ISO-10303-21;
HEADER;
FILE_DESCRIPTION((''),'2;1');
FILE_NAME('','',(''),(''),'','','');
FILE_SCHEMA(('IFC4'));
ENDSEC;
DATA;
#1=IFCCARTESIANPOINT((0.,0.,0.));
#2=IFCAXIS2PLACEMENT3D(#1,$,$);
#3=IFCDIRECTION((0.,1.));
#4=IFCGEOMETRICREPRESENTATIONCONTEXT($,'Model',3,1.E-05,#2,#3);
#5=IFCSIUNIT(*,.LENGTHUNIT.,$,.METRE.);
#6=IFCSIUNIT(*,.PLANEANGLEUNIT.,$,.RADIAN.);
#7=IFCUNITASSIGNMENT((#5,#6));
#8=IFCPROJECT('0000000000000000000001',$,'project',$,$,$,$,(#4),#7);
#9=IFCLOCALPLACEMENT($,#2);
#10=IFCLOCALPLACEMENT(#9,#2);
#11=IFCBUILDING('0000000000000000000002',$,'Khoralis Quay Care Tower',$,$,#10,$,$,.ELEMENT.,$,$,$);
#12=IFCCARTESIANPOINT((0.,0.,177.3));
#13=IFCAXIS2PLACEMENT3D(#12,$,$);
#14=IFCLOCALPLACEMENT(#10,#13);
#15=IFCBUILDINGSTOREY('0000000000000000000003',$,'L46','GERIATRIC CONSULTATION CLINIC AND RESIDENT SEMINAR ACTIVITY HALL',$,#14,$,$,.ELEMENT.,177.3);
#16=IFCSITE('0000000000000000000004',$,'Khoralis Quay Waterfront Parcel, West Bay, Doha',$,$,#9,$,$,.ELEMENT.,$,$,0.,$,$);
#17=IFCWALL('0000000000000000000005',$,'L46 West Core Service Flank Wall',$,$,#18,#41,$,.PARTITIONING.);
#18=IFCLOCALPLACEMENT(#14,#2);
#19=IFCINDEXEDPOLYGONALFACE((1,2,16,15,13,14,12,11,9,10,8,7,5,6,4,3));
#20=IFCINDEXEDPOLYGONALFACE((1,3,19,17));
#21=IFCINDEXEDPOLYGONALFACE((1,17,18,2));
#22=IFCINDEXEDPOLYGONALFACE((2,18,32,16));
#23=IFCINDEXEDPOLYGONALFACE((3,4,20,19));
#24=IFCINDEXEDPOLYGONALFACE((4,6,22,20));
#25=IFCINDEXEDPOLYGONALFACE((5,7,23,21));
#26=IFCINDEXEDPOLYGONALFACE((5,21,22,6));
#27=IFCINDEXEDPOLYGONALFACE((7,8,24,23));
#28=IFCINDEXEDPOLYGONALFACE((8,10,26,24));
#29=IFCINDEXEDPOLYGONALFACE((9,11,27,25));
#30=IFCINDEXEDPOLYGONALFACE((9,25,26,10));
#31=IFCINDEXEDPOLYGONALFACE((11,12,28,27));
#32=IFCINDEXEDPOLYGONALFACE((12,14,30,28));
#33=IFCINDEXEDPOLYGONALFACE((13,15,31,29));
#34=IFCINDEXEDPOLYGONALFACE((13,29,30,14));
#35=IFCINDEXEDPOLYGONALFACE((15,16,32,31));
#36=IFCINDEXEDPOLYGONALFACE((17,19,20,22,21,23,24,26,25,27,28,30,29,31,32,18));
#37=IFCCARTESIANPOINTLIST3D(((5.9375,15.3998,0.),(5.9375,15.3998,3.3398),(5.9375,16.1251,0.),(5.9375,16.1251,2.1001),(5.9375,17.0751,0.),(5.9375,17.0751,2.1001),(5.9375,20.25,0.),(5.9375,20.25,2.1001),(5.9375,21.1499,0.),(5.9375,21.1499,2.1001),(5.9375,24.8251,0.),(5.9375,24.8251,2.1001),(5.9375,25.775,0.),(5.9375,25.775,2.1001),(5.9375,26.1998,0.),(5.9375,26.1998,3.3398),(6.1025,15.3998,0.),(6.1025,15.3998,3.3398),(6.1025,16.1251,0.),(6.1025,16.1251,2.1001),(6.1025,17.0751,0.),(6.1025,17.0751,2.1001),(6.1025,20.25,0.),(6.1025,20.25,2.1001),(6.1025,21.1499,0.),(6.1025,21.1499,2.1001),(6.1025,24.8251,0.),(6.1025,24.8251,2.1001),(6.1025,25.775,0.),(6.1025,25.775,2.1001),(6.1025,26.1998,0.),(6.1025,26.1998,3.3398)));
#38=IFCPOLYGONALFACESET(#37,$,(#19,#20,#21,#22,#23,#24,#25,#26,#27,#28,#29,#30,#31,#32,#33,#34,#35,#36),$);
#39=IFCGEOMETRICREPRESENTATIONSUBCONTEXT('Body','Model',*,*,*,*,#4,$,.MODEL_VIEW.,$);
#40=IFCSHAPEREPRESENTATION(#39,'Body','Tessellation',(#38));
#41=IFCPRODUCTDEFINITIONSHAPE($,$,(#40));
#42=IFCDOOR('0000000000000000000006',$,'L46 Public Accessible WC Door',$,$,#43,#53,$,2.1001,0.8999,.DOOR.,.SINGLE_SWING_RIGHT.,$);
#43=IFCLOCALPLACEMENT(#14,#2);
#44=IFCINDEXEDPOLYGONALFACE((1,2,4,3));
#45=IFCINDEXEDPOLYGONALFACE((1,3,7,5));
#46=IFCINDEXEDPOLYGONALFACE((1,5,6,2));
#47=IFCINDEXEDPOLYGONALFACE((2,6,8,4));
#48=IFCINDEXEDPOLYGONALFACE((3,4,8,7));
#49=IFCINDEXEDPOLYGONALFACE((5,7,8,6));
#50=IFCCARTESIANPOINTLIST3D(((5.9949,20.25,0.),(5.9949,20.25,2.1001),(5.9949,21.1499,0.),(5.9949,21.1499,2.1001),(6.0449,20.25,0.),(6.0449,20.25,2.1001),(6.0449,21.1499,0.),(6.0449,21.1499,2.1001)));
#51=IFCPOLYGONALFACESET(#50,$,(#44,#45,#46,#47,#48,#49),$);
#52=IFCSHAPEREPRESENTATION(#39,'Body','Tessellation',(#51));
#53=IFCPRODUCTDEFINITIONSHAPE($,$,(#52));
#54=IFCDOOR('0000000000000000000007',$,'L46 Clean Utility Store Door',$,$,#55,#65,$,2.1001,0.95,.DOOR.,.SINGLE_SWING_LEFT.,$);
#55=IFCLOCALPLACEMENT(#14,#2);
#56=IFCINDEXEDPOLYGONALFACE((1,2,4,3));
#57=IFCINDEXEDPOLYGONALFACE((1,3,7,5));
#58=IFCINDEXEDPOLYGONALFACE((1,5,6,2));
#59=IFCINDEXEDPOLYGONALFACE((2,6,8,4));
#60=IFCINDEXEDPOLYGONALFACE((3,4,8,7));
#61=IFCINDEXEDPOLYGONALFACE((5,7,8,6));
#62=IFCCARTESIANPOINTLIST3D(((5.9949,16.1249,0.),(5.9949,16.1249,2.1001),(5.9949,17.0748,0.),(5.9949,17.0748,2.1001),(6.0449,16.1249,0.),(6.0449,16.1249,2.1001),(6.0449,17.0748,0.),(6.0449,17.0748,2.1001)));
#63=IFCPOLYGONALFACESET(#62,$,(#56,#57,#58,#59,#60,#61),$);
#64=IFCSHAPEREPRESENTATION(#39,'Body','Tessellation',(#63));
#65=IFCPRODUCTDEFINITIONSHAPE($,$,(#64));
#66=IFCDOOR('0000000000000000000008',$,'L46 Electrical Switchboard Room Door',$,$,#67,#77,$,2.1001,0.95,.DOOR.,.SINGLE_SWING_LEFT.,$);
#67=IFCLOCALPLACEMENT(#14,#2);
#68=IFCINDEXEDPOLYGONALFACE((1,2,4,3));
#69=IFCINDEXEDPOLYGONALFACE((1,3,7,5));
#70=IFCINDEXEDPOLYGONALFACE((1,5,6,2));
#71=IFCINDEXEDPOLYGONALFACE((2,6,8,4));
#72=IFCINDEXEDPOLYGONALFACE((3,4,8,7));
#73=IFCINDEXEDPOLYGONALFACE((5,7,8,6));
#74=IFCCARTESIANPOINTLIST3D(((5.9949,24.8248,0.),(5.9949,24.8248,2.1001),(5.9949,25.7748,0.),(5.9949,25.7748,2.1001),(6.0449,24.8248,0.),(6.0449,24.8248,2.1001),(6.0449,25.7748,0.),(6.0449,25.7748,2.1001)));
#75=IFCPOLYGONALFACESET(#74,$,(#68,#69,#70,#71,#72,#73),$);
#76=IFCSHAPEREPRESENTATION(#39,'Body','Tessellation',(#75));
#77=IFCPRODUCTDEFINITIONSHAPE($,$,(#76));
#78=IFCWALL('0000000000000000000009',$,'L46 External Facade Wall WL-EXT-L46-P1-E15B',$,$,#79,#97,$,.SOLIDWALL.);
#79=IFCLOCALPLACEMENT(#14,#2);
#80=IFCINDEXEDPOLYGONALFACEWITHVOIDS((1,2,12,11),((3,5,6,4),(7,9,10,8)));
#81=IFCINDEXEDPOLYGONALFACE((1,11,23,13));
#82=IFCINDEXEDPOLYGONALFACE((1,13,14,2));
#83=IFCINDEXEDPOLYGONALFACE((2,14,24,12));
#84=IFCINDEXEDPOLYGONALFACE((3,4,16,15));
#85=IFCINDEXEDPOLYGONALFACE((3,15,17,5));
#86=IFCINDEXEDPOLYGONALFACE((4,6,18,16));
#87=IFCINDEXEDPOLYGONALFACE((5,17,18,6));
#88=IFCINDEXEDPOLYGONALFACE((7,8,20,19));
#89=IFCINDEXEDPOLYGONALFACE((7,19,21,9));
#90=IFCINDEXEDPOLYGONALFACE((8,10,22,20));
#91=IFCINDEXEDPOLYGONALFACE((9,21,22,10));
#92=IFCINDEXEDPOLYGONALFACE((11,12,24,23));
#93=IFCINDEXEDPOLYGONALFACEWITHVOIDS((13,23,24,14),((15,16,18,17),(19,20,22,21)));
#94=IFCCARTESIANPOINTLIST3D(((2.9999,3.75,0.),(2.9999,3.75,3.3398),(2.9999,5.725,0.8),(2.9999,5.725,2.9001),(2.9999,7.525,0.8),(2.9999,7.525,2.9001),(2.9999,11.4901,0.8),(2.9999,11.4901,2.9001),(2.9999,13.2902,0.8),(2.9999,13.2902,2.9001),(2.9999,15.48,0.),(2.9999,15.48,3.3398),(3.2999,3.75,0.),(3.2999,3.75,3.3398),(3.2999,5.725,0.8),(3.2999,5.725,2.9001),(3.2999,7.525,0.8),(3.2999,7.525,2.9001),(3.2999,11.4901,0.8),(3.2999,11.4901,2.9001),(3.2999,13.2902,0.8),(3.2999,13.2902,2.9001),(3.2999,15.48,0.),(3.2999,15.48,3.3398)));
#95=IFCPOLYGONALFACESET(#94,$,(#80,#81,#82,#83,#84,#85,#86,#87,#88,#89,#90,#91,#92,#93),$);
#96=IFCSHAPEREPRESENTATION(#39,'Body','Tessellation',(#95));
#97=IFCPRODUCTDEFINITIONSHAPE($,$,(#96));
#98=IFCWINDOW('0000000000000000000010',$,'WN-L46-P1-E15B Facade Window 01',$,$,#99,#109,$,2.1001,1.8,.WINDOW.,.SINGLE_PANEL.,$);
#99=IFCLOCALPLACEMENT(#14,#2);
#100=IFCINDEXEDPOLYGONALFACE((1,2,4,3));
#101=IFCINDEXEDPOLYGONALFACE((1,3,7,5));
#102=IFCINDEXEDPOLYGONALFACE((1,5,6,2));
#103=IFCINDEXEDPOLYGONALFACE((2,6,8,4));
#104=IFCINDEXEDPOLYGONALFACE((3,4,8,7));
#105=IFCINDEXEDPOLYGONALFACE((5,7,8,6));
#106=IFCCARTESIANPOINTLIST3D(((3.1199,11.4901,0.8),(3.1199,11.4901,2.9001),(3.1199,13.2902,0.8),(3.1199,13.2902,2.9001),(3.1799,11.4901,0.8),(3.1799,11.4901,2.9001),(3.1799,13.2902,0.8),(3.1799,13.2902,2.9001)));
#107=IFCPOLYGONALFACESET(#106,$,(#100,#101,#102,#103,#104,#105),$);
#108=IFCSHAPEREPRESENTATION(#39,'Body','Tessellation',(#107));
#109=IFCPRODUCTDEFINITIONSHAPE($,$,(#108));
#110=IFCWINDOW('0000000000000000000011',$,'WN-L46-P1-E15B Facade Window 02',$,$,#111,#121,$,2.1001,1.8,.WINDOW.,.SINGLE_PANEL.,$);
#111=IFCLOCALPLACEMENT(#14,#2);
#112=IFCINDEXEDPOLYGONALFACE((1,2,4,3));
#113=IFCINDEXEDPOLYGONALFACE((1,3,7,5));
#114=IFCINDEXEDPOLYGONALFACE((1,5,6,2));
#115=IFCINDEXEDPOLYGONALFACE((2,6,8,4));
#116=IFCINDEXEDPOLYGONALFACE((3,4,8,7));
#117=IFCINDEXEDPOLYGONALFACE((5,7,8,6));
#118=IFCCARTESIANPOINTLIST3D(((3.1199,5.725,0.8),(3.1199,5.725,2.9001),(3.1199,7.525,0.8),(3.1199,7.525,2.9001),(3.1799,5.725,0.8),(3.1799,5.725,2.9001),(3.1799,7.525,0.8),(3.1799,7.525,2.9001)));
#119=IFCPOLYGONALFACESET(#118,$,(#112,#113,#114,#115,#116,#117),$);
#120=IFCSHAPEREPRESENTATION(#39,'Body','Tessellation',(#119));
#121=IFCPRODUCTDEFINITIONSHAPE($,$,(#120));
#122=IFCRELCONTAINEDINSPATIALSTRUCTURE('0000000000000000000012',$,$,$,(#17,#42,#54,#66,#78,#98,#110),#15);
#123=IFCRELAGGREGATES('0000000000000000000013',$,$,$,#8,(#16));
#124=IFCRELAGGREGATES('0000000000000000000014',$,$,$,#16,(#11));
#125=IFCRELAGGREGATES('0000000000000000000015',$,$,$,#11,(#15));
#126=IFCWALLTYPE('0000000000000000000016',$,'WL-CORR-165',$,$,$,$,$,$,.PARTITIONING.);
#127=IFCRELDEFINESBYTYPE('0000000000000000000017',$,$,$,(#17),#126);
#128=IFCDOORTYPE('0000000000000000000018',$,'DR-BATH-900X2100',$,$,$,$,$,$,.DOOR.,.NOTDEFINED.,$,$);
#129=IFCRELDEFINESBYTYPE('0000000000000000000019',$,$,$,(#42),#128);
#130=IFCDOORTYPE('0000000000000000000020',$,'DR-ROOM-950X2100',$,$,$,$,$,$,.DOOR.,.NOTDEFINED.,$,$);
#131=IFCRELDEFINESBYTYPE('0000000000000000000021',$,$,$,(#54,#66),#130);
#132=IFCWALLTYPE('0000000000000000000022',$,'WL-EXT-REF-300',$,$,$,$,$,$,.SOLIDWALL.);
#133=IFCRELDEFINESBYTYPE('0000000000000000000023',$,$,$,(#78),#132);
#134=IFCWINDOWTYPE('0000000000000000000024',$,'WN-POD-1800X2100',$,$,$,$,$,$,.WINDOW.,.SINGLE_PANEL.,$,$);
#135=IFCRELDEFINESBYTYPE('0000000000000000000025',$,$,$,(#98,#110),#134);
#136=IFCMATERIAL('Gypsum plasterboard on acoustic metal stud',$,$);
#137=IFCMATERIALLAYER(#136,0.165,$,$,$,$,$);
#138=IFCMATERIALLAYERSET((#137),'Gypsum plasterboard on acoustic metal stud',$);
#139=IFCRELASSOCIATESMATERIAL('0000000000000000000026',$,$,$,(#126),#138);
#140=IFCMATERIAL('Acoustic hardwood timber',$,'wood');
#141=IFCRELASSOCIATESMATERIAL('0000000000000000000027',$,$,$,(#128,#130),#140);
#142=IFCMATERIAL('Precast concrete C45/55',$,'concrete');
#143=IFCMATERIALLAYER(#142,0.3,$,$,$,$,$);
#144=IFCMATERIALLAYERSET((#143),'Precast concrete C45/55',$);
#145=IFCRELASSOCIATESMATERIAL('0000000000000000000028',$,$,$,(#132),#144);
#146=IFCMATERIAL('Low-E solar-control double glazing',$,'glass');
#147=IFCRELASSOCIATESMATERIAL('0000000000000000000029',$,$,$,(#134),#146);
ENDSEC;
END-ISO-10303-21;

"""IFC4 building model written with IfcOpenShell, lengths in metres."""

from ifc_helpers import new_model, si_unit, direction, frame, frame_2d, origin, place, context, subcontext, project, spatial, rectangle, extrude, source, transform, mapped, material, layer, layer_set, type_object, element, fill, save


model = new_model("IFC4")

# Units and contexts
model_context = context("Model", 3, precision=1e-05, world=origin(), true_north=direction((0.0, 1.0)))
body_context = subcontext(model_context, "Body", "Model", "MODEL_VIEW")
ifc_project = project(units=[si_unit("LENGTHUNIT", "METRE"), si_unit("PLANEANGLEUNIT", "RADIAN")], contexts=[model_context])

# Site, building, storey
site_placement = place(None, origin())
site = spatial("IfcSite", under=ifc_project, at=site_placement, Name="Khoralis Quay Waterfront Parcel, West Bay, Doha", CompositionType="ELEMENT", RefElevation=0.0)
building_placement = place(site_placement, origin())
building = spatial("IfcBuilding", under=site, at=building_placement, Name="Khoralis Quay Care Tower", CompositionType="ELEMENT")
storey_placement = place(building_placement, frame((0.0, 0.0, 177.3)))
storey = spatial("IfcBuildingStorey", under=building, at=storey_placement, Name="L46", Description="GERIATRIC CONSULTATION CLINIC AND RESIDENT SEMINAR ACTIVITY HALL", CompositionType="ELEMENT", Elevation=177.3)

# Shared definitions
ifc_material_1 = material(Name="Low-E solar-control double glazing", Category="glass")

# Wall, openings, doors
ifc_material_2 = material(Name="Gypsum plasterboard on acoustic metal stud")
ifc_layer_1 = layer(ifc_material_2, 0.165)
ifc_layer_set_1 = layer_set([ifc_layer_1], Name="Gypsum plasterboard on acoustic metal stud")
wall_type_1 = type_object("IfcWallType", Name="WL-CORR-165", PredefinedType="PARTITIONING", material=ifc_layer_set_1)
wall_1_placement = place(storey_placement, frame((6.02, 15.3999, 0.0), z_axis=(0.0, 0.0, 1.0), x_axis=(0.0, 1.0, 0.0)))
wall_1 = element("IfcWall", 1, at=wall_1_placement, inside=storey, type_object=wall_type_1, Name="L46 West Core Service Flank Wall", PredefinedType="PARTITIONING", context=body_context, shape_type="SweptSolid", body=[
    extrude(rectangle(XDim=10.8, YDim=0.165, at=frame_2d((5.3999, 0.0))), origin(), (0.0, 0.0, 1.0), 3.3398),
])
opening_1_placement = place(wall_1_placement, frame((0.7251, 0.0, 0.0)))
opening_1 = element("IfcOpeningElement", 2, at=opening_1_placement, cuts=wall_1, PredefinedType="OPENING", context=body_context, shape_type="SweptSolid", body=[
    extrude(rectangle(XDim=0.95, YDim=2.1001, at=frame_2d((0.4751, 1.05))), frame((0.0, 0.0925, 0.0), z_axis=(0.0, -1.0, 0.0), x_axis=(1.0, 0.0, 0.0)), (0.0, 0.0, 1.0), 0.1851),
])
opening_2_placement = place(wall_1_placement, frame((4.8501, 0.0, 0.0)))
opening_2 = element("IfcOpeningElement", 3, at=opening_2_placement, cuts=wall_1, PredefinedType="OPENING", context=body_context, shape_type="SweptSolid", body=[
    extrude(rectangle(XDim=0.8999, YDim=2.1001, at=frame_2d((0.45, 1.05))), frame((0.0, 0.0925, 0.0), z_axis=(0.0, -1.0, 0.0), x_axis=(1.0, 0.0, 0.0)), (0.0, 0.0, 1.0), 0.1851),
])
opening_3_placement = place(wall_1_placement, frame((9.425, 0.0, 0.0)))
opening_3 = element("IfcOpeningElement", 4, at=opening_3_placement, cuts=wall_1, PredefinedType="OPENING", context=body_context, shape_type="SweptSolid", body=[
    extrude(rectangle(XDim=0.95, YDim=2.1001, at=frame_2d((0.4751, 1.05))), frame((0.0, 0.0925, 0.0), z_axis=(0.0, -1.0, 0.0), x_axis=(1.0, 0.0, 0.0)), (0.0, 0.0, 1.0), 0.1851),
])
ifc_material_3 = material(Name="Acoustic hardwood timber", Category="wood")
door_type_1 = type_object("IfcDoorType", Name="DR-BATH-900X2100", OperationType="NOTDEFINED", PredefinedType="DOOR", material=ifc_material_3)
shared_shape_1 = source(origin(), body_context, "Body", "SweptSolid", [
    extrude(rectangle(XDim=0.8999, YDim=2.1001, at=frame_2d((0.45, 1.05))), frame((0.0, 0.0249, 0.0), z_axis=(0.0, -1.0, 0.0), x_axis=(1.0, 0.0, 0.0)), (0.0, 0.0, 1.0), 0.05),
])
door_1_placement = place(opening_2_placement, frame((0.8999, 0.0, 0.0), z_axis=(0.0, 0.0, 1.0), x_axis=(-1.0, 0.0, 0.0)))
door_1 = element("IfcDoor", 5, at=door_1_placement, inside=storey, type_object=door_type_1, Name="L46 Public Accessible WC Door", OperationType="SINGLE_SWING_RIGHT", OverallHeight=2.1001, OverallWidth=0.8999, PredefinedType="DOOR", context=body_context, shape_type="MappedRepresentation", body=[
    mapped(shared_shape_1, transform((0.0, 0.0, 0.0), scale=1.0)),
])
fill(opening_2, door_1)
door_type_2 = type_object("IfcDoorType", Name="DR-ROOM-950X2100", OperationType="NOTDEFINED", PredefinedType="DOOR", material=ifc_material_3)
shared_shape_2 = source(origin(), body_context, "Body", "SweptSolid", [
    extrude(rectangle(XDim=0.95, YDim=2.1001, at=frame_2d((0.4751, 1.05))), frame((0.0, 0.0249, 0.0), z_axis=(0.0, -1.0, 0.0), x_axis=(1.0, 0.0, 0.0)), (0.0, 0.0, 1.0), 0.05),
])
door_2_placement = place(opening_1_placement, frame((0.95, 0.0, 0.0), z_axis=(0.0, 0.0, 1.0), x_axis=(-1.0, 0.0, 0.0)))
door_2 = element("IfcDoor", 6, at=door_2_placement, inside=storey, type_object=door_type_2, Name="L46 Clean Utility Store Door", OperationType="SINGLE_SWING_LEFT", OverallHeight=2.1001, OverallWidth=0.95, PredefinedType="DOOR", context=body_context, shape_type="MappedRepresentation", body=[
    mapped(shared_shape_2, transform((0.0, 0.0, 0.0), scale=1.0)),
])
fill(opening_1, door_2)
door_3_placement = place(opening_3_placement, frame((0.95, 0.0, 0.0), z_axis=(0.0, 0.0, 1.0), x_axis=(-1.0, 0.0, 0.0)))
door_3 = element("IfcDoor", 7, at=door_3_placement, inside=storey, type_object=door_type_2, Name="L46 Electrical Switchboard Room Door", OperationType="SINGLE_SWING_LEFT", OverallHeight=2.1001, OverallWidth=0.95, PredefinedType="DOOR", context=body_context, shape_type="MappedRepresentation", body=[
    mapped(shared_shape_2, transform((0.0, 0.0, 0.0), scale=1.0)),
])
fill(opening_3, door_3)

# Wall, openings, windows
ifc_material_4 = material(Name="Precast concrete C45/55", Category="concrete")
ifc_layer_2 = layer(ifc_material_4, 0.3)
ifc_layer_set_2 = layer_set([ifc_layer_2], Name="Precast concrete C45/55")
wall_type_2 = type_object("IfcWallType", Name="WL-EXT-REF-300", PredefinedType="SOLIDWALL", material=ifc_layer_set_2)
wall_2_placement = place(storey_placement, frame((3.1499, 15.48, 0.0), z_axis=(0.0, 0.0, 1.0), x_axis=(0.0, -1.0, 0.0)))
wall_2 = element("IfcWall", 8, at=wall_2_placement, inside=storey, type_object=wall_type_2, Name="L46 External Facade Wall WL-EXT-L46-P1-E15B", PredefinedType="SOLIDWALL", context=body_context, shape_type="SweptSolid", body=[
    extrude(rectangle(XDim=11.73, YDim=0.3, at=frame_2d((5.865, 0.0))), origin(), (0.0, 0.0, 1.0), 3.3398),
])
opening_4_placement = place(wall_2_placement, frame((2.1899, 0.0, 0.8)))
opening_4 = element("IfcOpeningElement", 9, at=opening_4_placement, cuts=wall_2, PredefinedType="OPENING", context=body_context, shape_type="SweptSolid", body=[
    extrude(rectangle(XDim=1.8, YDim=2.1001, at=frame_2d((0.8999, 1.05))), frame((0.0, 0.1602, 0.0), z_axis=(0.0, -1.0, 0.0), x_axis=(1.0, 0.0, 0.0)), (0.0, 0.0, 1.0), 0.3201),
])
opening_5_placement = place(wall_2_placement, frame((7.9551, 0.0, 0.8)))
opening_5 = element("IfcOpeningElement", 10, at=opening_5_placement, cuts=wall_2, PredefinedType="OPENING", context=body_context, shape_type="SweptSolid", body=[
    extrude(rectangle(XDim=1.8, YDim=2.1001, at=frame_2d((0.8999, 1.05))), frame((0.0, 0.1602, 0.0), z_axis=(0.0, -1.0, 0.0), x_axis=(1.0, 0.0, 0.0)), (0.0, 0.0, 1.0), 0.3201),
])
window_type = type_object("IfcWindowType", Name="WN-POD-1800X2100", PartitioningType="SINGLE_PANEL", PredefinedType="WINDOW", material=ifc_material_1)
shared_shape_3 = source(origin(), body_context, "Body", "SweptSolid", [
    extrude(rectangle(XDim=1.8, YDim=2.1001, at=frame_2d((0.8999, 1.05))), frame((0.0, 0.03, 0.0), z_axis=(0.0, -1.0, 0.0), x_axis=(1.0, 0.0, 0.0)), (0.0, 0.0, 1.0), 0.0601),
])
window_1_placement = place(opening_4_placement, origin())
window_1 = element("IfcWindow", 11, at=window_1_placement, inside=storey, type_object=window_type, Name="WN-L46-P1-E15B Facade Window 01", OverallHeight=2.1001, OverallWidth=1.8, PartitioningType="SINGLE_PANEL", PredefinedType="WINDOW", context=body_context, shape_type="MappedRepresentation", body=[
    mapped(shared_shape_3, transform((0.0, 0.0, 0.0), scale=1.0)),
])
fill(opening_4, window_1)
window_2_placement = place(opening_5_placement, origin())
window_2 = element("IfcWindow", 12, at=window_2_placement, inside=storey, type_object=window_type, Name="WN-L46-P1-E15B Facade Window 02", OverallHeight=2.1001, OverallWidth=1.8, PartitioningType="SINGLE_PANEL", PredefinedType="WINDOW", context=body_context, shape_type="MappedRepresentation", body=[
    mapped(shared_shape_3, transform((0.0, 0.0, 0.0), scale=1.0)),
])
fill(opening_5, window_2)

save(model, "model.ifc")
